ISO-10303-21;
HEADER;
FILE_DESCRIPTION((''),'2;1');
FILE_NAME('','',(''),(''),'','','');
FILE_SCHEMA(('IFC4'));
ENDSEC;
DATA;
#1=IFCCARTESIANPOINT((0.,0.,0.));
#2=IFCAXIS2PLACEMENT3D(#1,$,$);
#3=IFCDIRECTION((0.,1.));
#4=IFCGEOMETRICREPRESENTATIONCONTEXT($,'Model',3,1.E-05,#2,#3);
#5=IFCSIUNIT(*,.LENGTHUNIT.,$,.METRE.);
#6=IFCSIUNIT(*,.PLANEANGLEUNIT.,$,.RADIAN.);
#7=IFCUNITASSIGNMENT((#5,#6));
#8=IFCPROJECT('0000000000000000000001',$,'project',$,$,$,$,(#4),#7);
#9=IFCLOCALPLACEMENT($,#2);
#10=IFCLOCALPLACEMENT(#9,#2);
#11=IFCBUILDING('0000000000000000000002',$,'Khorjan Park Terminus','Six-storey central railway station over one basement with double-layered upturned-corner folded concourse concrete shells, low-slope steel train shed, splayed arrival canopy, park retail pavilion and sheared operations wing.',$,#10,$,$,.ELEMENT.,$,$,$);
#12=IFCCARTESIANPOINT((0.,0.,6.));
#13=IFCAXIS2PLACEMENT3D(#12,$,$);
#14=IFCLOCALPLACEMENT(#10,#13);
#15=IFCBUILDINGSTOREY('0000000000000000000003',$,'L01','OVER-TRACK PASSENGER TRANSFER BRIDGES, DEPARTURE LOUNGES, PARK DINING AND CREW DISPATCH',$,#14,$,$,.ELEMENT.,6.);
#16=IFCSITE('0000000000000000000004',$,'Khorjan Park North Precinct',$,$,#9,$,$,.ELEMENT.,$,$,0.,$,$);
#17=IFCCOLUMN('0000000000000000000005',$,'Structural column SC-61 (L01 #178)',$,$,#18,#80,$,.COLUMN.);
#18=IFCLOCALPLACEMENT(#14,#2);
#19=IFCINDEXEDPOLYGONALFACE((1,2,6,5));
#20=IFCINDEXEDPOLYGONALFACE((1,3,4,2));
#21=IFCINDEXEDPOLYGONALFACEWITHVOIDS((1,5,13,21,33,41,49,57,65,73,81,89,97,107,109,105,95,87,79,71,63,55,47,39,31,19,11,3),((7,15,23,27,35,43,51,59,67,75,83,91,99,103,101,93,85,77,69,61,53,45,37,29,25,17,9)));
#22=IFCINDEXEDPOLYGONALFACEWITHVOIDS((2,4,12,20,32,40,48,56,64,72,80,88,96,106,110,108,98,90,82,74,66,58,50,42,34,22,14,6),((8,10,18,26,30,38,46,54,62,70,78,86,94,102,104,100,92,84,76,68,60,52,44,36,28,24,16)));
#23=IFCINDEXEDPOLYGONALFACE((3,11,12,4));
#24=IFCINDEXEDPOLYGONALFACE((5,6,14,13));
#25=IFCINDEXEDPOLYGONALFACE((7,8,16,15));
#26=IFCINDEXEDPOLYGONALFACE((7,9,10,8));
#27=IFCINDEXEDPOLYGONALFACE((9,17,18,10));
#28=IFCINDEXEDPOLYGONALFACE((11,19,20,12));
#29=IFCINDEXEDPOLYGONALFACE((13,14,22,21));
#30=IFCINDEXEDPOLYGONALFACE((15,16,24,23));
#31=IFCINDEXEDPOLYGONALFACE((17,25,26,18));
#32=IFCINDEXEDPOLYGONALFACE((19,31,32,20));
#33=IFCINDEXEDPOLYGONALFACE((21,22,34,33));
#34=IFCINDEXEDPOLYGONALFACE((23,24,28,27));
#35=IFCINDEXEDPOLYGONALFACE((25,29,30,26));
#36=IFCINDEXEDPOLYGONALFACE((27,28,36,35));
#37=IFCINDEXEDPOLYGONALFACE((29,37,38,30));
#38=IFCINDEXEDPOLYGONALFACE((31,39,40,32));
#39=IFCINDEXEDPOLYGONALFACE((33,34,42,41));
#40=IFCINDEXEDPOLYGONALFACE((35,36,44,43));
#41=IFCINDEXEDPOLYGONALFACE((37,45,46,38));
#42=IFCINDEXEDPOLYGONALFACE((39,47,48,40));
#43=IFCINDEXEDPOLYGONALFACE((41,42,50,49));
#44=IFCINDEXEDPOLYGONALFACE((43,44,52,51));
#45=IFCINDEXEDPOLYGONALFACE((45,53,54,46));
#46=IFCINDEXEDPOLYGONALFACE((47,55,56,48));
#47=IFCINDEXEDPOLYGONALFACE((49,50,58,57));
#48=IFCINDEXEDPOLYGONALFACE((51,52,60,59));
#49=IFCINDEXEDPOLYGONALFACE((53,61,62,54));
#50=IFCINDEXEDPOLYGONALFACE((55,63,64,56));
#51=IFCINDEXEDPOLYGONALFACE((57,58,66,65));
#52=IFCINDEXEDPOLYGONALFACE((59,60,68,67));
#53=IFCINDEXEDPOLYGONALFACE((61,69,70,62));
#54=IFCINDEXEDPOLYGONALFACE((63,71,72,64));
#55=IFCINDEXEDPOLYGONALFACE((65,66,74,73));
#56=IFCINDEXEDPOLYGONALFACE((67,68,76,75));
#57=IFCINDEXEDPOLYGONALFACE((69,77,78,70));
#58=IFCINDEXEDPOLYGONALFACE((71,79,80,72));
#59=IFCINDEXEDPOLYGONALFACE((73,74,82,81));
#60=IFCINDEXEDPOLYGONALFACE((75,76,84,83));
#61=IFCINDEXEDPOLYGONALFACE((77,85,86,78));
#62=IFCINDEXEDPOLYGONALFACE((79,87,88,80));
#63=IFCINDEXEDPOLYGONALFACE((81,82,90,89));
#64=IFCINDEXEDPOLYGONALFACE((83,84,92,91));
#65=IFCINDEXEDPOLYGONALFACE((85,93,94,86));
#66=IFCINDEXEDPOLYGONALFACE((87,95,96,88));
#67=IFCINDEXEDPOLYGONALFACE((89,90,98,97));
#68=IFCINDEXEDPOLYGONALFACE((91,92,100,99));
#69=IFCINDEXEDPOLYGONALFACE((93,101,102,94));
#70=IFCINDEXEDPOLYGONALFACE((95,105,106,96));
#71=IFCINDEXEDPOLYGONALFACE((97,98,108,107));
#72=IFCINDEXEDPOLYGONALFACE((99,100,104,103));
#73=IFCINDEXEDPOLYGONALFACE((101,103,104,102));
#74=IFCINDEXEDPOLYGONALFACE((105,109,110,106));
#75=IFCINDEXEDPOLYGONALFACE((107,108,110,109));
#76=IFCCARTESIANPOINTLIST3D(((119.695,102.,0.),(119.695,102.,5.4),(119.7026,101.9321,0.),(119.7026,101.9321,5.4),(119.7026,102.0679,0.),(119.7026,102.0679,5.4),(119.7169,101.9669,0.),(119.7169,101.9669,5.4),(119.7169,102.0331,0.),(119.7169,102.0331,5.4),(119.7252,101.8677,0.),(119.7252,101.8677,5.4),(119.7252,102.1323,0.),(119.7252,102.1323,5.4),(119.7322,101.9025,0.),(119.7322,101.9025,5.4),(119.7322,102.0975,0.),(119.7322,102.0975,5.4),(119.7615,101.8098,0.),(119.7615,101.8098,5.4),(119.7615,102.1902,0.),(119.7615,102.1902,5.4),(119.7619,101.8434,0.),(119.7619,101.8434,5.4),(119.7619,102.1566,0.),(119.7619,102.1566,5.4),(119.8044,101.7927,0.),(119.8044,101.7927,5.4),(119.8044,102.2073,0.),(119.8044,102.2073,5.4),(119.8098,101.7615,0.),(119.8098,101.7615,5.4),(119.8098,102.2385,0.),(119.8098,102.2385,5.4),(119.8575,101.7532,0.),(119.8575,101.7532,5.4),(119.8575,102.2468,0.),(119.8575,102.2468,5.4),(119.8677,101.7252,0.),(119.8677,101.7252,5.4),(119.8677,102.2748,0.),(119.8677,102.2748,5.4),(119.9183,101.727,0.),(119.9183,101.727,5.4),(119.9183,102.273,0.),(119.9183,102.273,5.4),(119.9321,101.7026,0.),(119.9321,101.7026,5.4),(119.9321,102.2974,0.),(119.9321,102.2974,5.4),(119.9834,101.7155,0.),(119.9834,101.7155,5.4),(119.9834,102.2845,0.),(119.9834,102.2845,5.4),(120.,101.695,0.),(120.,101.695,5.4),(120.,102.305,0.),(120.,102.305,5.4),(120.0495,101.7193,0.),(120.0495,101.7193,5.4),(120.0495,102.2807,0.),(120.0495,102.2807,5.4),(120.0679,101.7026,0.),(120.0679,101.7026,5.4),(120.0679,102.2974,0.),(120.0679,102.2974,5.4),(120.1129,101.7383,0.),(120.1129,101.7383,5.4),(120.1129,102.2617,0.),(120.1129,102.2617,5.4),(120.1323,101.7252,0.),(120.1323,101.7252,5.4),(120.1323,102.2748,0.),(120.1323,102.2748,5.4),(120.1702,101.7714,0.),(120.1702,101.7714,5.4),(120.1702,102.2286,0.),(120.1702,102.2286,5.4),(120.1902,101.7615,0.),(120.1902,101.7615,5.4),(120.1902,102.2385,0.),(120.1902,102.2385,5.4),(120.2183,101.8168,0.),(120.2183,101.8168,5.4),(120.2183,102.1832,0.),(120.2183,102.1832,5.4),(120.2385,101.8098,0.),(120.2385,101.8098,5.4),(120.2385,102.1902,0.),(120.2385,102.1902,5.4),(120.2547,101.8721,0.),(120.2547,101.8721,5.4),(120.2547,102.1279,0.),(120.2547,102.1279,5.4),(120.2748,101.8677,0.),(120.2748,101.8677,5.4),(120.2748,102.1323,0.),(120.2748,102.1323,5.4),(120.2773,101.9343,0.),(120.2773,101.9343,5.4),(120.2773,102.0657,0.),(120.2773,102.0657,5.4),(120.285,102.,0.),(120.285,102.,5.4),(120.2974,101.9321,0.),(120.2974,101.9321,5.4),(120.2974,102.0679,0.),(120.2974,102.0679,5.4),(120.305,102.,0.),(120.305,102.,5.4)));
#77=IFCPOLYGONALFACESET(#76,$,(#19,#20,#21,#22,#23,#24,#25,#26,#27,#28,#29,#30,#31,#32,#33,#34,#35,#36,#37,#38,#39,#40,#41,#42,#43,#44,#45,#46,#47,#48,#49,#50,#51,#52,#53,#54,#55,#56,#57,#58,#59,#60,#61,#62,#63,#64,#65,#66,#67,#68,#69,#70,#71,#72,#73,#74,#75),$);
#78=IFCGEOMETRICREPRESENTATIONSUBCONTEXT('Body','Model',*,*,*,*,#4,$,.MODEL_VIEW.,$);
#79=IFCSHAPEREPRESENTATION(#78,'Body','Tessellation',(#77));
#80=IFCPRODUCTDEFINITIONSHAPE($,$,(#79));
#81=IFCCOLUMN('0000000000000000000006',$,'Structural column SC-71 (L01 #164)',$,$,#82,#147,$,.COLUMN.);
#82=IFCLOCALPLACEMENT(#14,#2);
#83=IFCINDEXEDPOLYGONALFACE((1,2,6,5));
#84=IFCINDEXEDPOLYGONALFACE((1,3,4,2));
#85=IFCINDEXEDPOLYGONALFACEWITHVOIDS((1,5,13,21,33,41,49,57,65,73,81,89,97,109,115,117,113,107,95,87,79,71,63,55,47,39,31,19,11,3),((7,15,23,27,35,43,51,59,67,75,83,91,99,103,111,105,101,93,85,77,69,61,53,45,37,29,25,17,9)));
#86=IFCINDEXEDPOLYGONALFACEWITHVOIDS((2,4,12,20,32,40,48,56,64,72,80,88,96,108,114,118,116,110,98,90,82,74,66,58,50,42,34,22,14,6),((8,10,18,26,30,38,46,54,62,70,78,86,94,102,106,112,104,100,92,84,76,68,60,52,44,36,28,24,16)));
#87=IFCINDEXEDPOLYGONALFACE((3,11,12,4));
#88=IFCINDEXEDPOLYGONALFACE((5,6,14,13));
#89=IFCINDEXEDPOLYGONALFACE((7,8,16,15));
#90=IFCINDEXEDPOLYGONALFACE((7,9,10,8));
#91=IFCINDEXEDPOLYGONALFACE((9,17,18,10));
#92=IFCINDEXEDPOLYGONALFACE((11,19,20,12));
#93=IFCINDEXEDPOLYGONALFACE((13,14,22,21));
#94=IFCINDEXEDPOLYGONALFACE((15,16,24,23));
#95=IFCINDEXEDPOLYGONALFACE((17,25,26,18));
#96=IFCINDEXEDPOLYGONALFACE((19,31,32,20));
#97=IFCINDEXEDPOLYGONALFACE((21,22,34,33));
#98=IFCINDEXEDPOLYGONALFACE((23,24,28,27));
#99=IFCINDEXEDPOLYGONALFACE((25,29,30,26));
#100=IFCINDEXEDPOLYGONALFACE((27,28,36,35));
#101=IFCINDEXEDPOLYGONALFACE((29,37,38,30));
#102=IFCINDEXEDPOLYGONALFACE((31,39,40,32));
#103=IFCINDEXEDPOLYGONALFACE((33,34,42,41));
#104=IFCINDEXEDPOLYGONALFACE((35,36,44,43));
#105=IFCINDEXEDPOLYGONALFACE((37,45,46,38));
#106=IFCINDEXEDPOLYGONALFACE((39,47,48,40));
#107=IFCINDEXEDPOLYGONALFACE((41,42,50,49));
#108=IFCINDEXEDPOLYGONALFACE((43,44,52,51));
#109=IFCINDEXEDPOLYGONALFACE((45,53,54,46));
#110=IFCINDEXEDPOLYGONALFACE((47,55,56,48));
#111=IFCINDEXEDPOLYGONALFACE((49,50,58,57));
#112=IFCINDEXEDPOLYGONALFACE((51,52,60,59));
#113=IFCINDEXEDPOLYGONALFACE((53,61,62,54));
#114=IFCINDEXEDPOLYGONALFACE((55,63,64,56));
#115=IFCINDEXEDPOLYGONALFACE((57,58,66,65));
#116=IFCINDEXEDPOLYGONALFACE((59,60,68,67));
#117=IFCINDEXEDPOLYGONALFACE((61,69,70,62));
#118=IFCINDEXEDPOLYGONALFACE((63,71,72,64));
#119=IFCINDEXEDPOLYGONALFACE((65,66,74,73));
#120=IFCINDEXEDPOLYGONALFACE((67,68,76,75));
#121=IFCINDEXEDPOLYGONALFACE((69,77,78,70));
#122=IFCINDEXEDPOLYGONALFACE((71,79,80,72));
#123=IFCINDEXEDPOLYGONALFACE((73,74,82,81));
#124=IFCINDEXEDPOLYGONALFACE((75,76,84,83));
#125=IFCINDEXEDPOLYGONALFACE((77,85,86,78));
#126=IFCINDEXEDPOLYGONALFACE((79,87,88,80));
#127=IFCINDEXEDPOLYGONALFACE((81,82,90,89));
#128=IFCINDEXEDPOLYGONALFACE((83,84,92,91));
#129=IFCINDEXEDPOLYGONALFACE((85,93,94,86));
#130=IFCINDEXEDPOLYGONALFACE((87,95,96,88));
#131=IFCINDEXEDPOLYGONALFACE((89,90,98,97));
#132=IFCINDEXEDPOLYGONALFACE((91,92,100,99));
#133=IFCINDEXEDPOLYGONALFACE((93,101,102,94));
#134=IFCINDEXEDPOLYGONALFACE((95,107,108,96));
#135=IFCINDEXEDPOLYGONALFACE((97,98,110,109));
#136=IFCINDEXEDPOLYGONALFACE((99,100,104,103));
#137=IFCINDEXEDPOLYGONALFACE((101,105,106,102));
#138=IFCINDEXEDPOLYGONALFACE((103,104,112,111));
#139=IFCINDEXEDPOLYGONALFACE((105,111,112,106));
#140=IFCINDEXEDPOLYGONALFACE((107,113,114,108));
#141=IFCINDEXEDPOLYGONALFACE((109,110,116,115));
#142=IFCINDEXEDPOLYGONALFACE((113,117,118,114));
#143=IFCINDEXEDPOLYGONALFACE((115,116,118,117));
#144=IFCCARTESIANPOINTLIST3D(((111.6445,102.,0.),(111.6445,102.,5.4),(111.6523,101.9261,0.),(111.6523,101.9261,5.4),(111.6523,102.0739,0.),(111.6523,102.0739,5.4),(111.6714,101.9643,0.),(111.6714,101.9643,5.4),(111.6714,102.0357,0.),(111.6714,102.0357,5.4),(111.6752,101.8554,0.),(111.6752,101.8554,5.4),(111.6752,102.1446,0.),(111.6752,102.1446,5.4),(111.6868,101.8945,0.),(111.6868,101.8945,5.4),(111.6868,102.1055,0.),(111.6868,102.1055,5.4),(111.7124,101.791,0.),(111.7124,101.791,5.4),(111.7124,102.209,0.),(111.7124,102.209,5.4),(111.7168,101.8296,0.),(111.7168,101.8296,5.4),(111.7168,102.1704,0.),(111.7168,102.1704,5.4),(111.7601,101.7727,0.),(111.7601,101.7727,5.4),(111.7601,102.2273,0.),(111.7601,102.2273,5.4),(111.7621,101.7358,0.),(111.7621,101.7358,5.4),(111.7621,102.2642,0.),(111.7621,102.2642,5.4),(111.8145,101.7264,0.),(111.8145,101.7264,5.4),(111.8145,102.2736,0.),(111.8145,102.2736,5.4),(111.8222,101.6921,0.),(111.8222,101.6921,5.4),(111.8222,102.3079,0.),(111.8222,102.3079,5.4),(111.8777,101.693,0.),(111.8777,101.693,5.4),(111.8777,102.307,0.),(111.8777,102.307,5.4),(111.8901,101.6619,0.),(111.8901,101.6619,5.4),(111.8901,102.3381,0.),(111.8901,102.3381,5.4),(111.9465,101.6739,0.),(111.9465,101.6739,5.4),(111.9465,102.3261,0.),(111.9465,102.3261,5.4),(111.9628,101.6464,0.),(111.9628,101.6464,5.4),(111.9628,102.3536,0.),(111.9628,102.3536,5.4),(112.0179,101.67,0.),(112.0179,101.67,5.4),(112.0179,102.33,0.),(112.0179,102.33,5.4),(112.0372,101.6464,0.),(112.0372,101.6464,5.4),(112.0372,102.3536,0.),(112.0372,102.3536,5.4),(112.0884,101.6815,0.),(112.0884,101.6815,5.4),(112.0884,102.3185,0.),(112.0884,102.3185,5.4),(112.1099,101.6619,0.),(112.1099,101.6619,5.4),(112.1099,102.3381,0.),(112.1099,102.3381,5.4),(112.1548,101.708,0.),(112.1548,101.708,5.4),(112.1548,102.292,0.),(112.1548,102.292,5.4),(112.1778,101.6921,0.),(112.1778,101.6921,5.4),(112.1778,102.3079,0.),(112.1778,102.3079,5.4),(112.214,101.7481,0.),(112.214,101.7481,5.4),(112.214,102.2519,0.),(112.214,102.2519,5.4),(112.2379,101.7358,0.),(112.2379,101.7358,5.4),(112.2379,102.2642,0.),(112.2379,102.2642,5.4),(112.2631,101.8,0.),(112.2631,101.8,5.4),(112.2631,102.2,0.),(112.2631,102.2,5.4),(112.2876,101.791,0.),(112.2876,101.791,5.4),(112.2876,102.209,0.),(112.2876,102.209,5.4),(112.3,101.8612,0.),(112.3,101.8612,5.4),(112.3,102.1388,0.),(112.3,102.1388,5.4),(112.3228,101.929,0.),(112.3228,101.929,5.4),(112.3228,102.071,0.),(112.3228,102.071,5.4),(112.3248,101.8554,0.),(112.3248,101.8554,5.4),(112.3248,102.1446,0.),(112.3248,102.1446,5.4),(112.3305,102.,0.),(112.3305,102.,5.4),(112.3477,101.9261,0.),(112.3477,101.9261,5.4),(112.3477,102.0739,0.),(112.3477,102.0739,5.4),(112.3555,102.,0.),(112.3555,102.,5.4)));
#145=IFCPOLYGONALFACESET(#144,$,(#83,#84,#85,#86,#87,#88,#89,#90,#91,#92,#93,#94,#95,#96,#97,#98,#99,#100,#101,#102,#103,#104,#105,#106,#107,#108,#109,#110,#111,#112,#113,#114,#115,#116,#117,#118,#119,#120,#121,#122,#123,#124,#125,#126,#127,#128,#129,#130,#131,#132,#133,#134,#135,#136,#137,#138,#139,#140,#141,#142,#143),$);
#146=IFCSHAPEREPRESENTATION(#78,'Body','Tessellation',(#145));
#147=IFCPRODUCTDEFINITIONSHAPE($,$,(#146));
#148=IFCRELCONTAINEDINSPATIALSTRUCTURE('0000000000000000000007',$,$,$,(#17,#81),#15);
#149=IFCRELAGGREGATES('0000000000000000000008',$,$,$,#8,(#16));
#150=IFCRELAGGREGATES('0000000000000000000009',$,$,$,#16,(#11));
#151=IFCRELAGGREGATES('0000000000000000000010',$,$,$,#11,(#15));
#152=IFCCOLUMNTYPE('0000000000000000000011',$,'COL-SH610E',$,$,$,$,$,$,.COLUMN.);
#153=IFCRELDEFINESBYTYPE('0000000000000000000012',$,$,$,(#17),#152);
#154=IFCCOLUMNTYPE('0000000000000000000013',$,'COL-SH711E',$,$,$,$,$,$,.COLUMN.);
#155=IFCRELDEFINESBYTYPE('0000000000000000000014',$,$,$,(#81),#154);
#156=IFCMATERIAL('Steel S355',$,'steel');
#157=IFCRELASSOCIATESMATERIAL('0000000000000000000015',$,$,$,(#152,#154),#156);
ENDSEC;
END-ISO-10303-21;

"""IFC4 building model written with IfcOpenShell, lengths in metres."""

from ifc_helpers import new_model, si_unit, direction, frame, origin, origin_2d, place, context, subcontext, project, spatial, hollow_circle, extrude, material, material_profile, profile_set, type_object, element, save


model = new_model("IFC4")

# Units and contexts
model_context = context("Model", 3, precision=1e-05, world=origin(), true_north=direction((0.0, 1.0)))
body_context = subcontext(model_context, "Body", "Model", "MODEL_VIEW")
ifc_project = project(units=[si_unit("LENGTHUNIT", "METRE"), si_unit("PLANEANGLEUNIT", "RADIAN")], contexts=[model_context])

# Site, building, storey
site_placement = place(None, origin())
site = spatial("IfcSite", under=ifc_project, at=site_placement, Name="Khorjan Park North Precinct", CompositionType="ELEMENT", RefElevation=0.0)
building_placement = place(site_placement, origin())
building = spatial("IfcBuilding", under=site, at=building_placement, Name="Khorjan Park Terminus", Description="Six-storey central railway station over one basement with double-layered upturned-corner folded concourse concrete shells, low-slope steel train shed, splayed arrival canopy, park retail pavilion and sheared operations wing.", CompositionType="ELEMENT")
storey_placement = place(building_placement, frame((0.0, 0.0, 6.0)))
storey = spatial("IfcBuildingStorey", under=building, at=storey_placement, Name="L01", Description="OVER-TRACK PASSENGER TRANSFER BRIDGES, DEPARTURE LOUNGES, PARK DINING AND CREW DISPATCH", CompositionType="ELEMENT", Elevation=6.0)

# Columns
ifc_material_1 = material(Name="Steel S355", Category="steel")
ifc_material_profile_1 = material_profile(ifc_material_1, hollow_circle(Radius=0.305, WallThickness=0.02, at=origin_2d()), Name="CHS 610x20")
ifc_profile_set_1 = profile_set([ifc_material_profile_1], Name="Steel S355")
column_type_1 = type_object("IfcColumnType", Name="COL-SH610E", PredefinedType="COLUMN", material=ifc_profile_set_1)
column_1_placement = place(storey_placement, frame((120.0, 102.0, 0.0), z_axis=(0.0, 0.0, 1.0), x_axis=(1.0, 0.0, 0.0)))
element("IfcColumn", 1, at=column_1_placement, inside=storey, type_object=column_type_1, Name="Structural column SC-61 (L01 #178)", PredefinedType="COLUMN", context=body_context, shape_type="SweptSolid", body=[
    extrude(hollow_circle(Radius=0.305, WallThickness=0.02, at=origin_2d()), origin(), (0.0, 0.0, 1.0), 5.4),
])
ifc_material_profile_2 = material_profile(ifc_material_1, hollow_circle(Radius=0.3555, WallThickness=0.025, at=origin_2d()), Name="CHS 711x25")
ifc_profile_set_2 = profile_set([ifc_material_profile_2], Name="Steel S355")
column_type_2 = type_object("IfcColumnType", Name="COL-SH711E", PredefinedType="COLUMN", material=ifc_profile_set_2)
column_2_placement = place(storey_placement, frame((112.0, 102.0, 0.0), z_axis=(0.0, 0.0, 1.0), x_axis=(1.0, 0.0, 0.0)))
element("IfcColumn", 2, at=column_2_placement, inside=storey, type_object=column_type_2, Name="Structural column SC-71 (L01 #164)", PredefinedType="COLUMN", context=body_context, shape_type="SweptSolid", body=[
    extrude(hollow_circle(Radius=0.3555, WallThickness=0.025, at=origin_2d()), origin(), (0.0, 0.0, 1.0), 5.4),
])

save(model, "model.ifc")
